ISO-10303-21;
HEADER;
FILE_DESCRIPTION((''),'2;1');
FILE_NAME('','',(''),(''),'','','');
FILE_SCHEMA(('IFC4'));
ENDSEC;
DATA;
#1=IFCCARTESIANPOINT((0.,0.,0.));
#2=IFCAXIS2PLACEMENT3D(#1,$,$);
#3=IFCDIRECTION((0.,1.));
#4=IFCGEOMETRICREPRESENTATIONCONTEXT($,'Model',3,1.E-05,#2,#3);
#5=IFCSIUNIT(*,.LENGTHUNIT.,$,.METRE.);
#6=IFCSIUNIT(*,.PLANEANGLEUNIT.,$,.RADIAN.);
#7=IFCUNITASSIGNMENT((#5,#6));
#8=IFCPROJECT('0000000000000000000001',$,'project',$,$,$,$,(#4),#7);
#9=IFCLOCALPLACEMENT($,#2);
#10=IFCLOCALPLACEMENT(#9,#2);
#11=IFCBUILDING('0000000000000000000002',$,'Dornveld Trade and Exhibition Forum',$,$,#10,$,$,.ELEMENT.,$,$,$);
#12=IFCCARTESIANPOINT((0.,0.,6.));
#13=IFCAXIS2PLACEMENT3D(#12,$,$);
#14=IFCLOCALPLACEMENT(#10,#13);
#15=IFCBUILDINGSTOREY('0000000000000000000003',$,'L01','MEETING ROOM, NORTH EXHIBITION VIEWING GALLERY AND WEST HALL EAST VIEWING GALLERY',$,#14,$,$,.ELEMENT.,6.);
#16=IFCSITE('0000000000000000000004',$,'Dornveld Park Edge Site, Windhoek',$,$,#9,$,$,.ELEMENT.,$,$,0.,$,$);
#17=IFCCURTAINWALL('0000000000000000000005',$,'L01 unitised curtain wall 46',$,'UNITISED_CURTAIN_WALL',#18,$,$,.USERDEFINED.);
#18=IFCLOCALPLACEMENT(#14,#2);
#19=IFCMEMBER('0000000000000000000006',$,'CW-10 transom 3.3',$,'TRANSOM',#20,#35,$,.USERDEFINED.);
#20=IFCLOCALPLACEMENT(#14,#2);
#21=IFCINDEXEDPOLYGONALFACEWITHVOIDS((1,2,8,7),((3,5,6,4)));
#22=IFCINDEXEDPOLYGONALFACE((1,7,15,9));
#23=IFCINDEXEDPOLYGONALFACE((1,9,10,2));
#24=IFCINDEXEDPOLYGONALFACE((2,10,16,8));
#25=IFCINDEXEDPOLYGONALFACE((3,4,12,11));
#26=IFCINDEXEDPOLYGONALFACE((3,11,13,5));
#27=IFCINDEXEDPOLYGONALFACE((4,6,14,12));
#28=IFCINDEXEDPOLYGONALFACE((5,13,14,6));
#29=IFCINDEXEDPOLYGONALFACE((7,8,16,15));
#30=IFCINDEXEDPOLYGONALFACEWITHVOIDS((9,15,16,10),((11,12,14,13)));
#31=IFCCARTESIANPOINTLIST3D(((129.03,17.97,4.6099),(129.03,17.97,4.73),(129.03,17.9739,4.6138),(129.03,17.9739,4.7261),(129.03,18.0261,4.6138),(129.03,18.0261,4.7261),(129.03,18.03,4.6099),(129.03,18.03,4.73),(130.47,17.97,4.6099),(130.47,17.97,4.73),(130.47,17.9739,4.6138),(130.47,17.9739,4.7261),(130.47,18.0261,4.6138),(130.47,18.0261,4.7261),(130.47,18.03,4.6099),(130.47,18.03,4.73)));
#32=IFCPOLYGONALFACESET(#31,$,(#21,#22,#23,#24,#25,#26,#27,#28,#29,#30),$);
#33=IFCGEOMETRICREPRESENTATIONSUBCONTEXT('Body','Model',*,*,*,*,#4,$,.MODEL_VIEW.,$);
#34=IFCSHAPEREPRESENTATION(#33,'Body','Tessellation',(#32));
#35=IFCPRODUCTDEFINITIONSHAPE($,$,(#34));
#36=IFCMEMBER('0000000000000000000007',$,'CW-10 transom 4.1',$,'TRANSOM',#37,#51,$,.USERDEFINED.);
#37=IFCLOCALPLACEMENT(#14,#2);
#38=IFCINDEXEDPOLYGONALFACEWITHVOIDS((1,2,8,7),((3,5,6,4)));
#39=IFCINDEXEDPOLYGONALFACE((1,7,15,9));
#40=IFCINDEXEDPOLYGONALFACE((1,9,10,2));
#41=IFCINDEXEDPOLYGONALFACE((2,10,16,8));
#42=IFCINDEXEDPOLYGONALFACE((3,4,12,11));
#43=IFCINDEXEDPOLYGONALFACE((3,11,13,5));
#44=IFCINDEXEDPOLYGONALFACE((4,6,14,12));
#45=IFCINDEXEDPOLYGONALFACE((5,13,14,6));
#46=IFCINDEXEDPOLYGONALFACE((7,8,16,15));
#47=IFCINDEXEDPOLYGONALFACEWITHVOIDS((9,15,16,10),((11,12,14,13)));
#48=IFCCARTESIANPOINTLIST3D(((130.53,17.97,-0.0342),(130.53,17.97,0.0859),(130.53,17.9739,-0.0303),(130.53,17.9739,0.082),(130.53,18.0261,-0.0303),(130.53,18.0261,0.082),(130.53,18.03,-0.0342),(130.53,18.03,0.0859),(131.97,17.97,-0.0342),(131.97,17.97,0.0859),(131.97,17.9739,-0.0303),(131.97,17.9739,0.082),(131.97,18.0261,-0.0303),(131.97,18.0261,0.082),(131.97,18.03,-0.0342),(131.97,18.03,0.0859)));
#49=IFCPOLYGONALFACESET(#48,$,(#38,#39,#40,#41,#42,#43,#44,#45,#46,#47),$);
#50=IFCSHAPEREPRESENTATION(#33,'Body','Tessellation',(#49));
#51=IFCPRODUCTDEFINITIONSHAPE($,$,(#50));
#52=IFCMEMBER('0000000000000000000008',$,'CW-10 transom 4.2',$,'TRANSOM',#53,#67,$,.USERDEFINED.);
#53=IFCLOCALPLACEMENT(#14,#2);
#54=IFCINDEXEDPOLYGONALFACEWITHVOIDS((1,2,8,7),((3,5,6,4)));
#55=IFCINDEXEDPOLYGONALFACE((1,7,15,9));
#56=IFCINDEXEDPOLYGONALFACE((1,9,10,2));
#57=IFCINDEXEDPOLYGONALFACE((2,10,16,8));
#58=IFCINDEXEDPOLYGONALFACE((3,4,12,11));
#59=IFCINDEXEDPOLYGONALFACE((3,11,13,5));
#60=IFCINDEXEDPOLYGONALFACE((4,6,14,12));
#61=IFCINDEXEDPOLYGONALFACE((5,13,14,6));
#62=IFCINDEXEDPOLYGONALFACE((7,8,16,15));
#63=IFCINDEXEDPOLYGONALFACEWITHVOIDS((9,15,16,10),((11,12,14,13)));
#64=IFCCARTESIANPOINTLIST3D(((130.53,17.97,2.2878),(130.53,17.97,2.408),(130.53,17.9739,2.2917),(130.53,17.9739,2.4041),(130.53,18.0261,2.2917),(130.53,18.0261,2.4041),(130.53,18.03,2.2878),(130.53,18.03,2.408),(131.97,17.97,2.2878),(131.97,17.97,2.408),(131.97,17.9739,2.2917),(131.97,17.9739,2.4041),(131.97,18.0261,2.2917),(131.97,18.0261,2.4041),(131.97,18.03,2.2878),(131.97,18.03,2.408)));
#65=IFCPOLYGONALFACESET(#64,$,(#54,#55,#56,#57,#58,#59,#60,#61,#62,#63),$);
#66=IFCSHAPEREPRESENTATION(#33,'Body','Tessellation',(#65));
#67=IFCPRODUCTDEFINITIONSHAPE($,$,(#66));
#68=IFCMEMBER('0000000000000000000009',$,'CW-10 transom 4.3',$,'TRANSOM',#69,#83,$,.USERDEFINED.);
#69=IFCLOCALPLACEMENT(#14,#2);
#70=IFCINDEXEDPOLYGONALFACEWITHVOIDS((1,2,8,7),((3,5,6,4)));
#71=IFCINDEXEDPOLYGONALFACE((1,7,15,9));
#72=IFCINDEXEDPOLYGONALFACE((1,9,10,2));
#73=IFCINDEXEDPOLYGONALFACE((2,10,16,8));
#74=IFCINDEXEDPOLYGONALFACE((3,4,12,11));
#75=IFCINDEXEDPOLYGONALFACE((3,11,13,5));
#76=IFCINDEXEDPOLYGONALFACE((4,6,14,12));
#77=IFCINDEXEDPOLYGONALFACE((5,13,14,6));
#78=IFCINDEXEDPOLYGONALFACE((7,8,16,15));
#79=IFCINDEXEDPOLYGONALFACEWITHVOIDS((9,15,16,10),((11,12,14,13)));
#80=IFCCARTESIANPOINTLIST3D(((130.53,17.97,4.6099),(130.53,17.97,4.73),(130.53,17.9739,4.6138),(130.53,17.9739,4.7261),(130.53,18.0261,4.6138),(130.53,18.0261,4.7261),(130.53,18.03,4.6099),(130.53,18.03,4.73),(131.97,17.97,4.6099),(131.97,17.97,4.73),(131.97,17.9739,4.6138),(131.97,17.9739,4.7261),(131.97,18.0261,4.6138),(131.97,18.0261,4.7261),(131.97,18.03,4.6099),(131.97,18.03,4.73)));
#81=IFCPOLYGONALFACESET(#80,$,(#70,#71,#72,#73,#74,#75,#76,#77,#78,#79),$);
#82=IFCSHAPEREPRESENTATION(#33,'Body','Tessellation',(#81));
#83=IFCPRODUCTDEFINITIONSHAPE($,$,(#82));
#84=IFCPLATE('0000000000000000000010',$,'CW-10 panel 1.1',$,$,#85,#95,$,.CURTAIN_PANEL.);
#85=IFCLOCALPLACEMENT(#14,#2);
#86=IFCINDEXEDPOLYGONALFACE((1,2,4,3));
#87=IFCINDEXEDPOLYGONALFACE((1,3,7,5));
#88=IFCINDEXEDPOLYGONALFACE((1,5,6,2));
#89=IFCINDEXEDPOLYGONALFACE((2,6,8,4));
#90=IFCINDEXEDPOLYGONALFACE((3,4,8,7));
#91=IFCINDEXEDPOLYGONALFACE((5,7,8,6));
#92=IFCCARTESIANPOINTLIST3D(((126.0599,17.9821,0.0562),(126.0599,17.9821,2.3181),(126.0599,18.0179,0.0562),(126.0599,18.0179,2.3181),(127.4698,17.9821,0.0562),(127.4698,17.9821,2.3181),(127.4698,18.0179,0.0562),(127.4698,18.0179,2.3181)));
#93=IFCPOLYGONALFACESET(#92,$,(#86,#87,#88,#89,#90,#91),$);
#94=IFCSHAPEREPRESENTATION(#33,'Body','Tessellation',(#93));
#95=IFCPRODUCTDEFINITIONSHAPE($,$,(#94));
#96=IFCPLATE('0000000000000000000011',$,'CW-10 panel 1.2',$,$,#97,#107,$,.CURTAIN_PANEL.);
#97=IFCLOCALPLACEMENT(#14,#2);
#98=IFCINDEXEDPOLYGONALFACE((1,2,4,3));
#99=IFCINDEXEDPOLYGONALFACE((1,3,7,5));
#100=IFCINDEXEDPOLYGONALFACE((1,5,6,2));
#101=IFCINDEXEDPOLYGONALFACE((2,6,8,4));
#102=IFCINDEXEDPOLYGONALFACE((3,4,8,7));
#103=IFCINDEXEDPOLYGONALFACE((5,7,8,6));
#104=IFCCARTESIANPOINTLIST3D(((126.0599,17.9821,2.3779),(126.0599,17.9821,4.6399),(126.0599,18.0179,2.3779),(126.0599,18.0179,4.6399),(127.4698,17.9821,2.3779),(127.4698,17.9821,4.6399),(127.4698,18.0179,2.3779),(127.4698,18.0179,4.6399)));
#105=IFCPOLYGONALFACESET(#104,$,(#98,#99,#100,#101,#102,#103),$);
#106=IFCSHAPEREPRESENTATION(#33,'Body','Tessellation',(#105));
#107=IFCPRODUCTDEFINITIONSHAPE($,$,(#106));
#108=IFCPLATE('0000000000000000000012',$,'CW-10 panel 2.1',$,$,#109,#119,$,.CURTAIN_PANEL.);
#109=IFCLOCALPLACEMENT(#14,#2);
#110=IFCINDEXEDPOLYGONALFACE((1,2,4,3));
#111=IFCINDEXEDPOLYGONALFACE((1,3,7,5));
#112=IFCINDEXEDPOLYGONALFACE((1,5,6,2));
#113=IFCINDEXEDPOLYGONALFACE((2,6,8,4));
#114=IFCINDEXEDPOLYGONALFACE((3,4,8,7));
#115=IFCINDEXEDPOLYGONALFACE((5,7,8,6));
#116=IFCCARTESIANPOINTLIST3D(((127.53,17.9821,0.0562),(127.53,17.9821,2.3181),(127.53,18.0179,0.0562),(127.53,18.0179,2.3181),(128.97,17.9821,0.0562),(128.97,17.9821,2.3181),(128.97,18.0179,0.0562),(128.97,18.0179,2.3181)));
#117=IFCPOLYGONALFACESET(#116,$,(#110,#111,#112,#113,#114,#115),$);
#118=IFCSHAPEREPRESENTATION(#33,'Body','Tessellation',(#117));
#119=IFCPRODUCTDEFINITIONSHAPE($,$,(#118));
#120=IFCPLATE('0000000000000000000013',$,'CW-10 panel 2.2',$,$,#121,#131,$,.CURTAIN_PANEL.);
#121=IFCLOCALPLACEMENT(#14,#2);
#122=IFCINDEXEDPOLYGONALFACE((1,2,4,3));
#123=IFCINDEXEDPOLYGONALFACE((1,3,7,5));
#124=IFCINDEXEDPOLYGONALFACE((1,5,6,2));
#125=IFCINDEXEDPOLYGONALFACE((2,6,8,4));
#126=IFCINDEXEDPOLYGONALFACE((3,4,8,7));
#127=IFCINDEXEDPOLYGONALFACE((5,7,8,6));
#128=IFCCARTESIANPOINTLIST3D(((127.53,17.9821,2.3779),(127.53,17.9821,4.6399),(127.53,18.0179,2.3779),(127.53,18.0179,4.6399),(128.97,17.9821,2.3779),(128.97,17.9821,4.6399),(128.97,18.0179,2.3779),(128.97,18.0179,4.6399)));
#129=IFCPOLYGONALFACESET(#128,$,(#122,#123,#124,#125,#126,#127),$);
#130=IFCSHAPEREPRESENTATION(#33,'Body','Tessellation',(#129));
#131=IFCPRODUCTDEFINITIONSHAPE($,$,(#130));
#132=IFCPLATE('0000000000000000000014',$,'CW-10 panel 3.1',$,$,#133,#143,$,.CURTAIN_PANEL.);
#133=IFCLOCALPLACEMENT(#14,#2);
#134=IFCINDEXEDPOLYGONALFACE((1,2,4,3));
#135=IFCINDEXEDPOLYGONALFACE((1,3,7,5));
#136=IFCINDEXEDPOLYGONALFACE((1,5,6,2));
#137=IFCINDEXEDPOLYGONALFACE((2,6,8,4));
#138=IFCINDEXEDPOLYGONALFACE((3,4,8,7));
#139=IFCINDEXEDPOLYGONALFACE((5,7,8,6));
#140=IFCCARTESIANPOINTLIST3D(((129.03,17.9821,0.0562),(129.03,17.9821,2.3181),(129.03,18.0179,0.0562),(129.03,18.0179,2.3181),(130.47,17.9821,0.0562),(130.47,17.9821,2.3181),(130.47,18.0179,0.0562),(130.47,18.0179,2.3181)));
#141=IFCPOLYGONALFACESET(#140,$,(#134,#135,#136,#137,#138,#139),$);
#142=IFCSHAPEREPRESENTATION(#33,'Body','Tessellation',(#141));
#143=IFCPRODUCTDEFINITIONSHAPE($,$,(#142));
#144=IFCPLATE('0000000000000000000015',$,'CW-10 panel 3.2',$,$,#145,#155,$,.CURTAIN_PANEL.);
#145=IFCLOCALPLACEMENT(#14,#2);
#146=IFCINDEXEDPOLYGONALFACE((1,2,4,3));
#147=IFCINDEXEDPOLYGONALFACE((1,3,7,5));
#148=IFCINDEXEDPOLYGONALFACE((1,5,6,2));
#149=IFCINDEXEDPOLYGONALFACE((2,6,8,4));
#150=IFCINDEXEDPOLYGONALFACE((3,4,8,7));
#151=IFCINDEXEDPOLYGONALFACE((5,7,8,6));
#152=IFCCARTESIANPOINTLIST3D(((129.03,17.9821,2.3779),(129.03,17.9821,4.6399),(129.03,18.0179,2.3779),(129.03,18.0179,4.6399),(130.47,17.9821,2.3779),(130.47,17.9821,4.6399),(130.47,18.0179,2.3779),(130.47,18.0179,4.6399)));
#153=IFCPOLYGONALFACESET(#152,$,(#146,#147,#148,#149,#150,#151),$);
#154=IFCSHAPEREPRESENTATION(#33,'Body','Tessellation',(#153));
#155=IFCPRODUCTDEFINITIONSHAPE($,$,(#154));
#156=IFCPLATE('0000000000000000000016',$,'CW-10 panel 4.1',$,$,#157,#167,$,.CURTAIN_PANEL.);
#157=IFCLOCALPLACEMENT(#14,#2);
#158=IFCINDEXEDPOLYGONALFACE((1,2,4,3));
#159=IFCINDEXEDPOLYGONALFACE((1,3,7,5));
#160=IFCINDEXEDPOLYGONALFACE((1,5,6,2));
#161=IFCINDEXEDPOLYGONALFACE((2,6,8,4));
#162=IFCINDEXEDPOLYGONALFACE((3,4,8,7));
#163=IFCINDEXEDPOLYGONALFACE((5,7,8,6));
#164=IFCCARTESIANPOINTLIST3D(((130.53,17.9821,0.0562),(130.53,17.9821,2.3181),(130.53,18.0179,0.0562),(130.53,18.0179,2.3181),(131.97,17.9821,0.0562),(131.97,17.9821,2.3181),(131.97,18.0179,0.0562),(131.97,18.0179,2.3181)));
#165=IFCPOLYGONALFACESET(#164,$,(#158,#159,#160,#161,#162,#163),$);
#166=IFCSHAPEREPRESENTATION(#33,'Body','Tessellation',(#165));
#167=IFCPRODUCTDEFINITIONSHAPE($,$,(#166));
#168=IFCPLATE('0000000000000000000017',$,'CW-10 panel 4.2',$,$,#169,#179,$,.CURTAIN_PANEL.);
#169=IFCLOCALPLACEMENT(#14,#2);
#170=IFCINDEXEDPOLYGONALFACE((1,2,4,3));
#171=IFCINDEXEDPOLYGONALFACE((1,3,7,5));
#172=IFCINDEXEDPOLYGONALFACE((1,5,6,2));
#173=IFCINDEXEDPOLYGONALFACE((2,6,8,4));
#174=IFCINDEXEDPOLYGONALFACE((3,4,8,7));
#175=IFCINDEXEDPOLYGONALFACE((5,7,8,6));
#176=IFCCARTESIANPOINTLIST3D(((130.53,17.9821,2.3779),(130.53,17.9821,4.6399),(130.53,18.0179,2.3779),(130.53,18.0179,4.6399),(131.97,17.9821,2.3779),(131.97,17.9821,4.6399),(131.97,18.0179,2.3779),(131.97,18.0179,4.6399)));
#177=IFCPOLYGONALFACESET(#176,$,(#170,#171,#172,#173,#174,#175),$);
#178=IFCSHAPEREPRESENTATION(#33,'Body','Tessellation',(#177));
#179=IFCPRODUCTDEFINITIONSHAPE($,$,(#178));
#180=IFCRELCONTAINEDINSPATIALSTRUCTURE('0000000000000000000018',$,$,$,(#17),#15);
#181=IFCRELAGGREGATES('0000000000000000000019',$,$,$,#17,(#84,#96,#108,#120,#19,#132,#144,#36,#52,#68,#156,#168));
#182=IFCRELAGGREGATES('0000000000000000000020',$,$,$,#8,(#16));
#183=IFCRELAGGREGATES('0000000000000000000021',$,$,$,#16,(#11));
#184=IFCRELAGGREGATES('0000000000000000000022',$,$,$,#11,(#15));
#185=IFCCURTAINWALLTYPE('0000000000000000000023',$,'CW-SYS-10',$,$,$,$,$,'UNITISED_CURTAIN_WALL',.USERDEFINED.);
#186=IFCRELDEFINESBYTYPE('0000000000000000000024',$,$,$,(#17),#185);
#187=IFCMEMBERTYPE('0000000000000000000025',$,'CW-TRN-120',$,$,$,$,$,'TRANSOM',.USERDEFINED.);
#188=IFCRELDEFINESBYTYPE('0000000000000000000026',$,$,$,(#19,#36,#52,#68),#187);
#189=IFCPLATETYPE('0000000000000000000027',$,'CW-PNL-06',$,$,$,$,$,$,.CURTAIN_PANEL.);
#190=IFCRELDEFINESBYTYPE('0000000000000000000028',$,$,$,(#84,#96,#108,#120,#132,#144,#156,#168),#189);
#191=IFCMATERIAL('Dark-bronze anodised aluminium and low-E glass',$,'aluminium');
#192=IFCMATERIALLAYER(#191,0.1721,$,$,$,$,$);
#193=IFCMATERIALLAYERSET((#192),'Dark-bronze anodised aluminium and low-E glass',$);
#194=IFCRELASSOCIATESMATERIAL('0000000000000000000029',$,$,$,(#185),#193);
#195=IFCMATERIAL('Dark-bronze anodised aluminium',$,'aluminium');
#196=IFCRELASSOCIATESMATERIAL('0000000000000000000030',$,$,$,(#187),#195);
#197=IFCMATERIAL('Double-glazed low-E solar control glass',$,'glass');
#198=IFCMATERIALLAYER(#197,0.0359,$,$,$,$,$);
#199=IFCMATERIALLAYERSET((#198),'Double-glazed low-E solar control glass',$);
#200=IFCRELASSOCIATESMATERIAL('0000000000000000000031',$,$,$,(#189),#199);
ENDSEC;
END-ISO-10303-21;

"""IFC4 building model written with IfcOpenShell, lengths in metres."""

from ifc_helpers import new_model, si_unit, direction, frame, origin, origin_2d, place, context, subcontext, project, spatial, rectangle, hollow_rectangle, extrude, material, layer, layer_set, material_profile, profile_set, type_object, element, aggregate, save


model = new_model("IFC4")

# Units and contexts
model_context = context("Model", 3, precision=1e-05, world=origin(), true_north=direction((0.0, 1.0)))
body_context = subcontext(model_context, "Body", "Model", "MODEL_VIEW")
ifc_project = project(units=[si_unit("LENGTHUNIT", "METRE"), si_unit("PLANEANGLEUNIT", "RADIAN")], contexts=[model_context])

# Site, building, storey
site_placement = place(None, origin())
site = spatial("IfcSite", under=ifc_project, at=site_placement, Name="Dornveld Park Edge Site, Windhoek", CompositionType="ELEMENT", RefElevation=0.0)
building_placement = place(site_placement, origin())
building = spatial("IfcBuilding", under=site, at=building_placement, Name="Dornveld Trade and Exhibition Forum", CompositionType="ELEMENT")
storey_placement = place(building_placement, frame((0.0, 0.0, 6.0)))
storey = spatial("IfcBuildingStorey", under=building, at=storey_placement, Name="L01", Description="MEETING ROOM, NORTH EXHIBITION VIEWING GALLERY AND WEST HALL EAST VIEWING GALLERY", CompositionType="ELEMENT", Elevation=6.0)

# Curtain wall, members, plates
ifc_material_1 = material(Name="Dark-bronze anodised aluminium and low-E glass", Category="aluminium")
ifc_layer_1 = layer(ifc_material_1, 0.1721)
ifc_layer_set_1 = layer_set([ifc_layer_1], Name="Dark-bronze anodised aluminium and low-E glass")
curtain_wall_type = type_object("IfcCurtainWallType", Name="CW-SYS-10", ElementType="UNITISED_CURTAIN_WALL", PredefinedType="USERDEFINED", material=ifc_layer_set_1)
curtain_wall_placement = place(storey_placement, origin())
curtain_wall = element("IfcCurtainWall", 1, at=curtain_wall_placement, inside=storey, type_object=curtain_wall_type, Name="L01 unitised curtain wall 46", ObjectType="UNITISED_CURTAIN_WALL", PredefinedType="USERDEFINED")
ifc_material_2 = material(Name="Dark-bronze anodised aluminium", Category="aluminium")
ifc_material_profile_1 = material_profile(ifc_material_2, hollow_rectangle(XDim=0.0601, YDim=0.1201, WallThickness=0.0039, at=origin_2d()), Name="RHS 120x60x4")
ifc_profile_set_1 = profile_set([ifc_material_profile_1], Name="Dark-bronze anodised aluminium")
member_type_1 = type_object("IfcMemberType", Name="CW-TRN-120", ElementType="TRANSOM", PredefinedType="USERDEFINED", material=ifc_profile_set_1)
member_1_placement = place(storey_placement, frame((129.03, 18.0, 4.6699), z_axis=(1.0, 0.0, 0.0), x_axis=(0.0, 1.0, 0.0)))
member_1 = element("IfcMember", 2, at=member_1_placement, type_object=member_type_1, Name="CW-10 transom 3.3", ObjectType="TRANSOM", PredefinedType="USERDEFINED", context=body_context, shape_type="SweptSolid", body=[
    extrude(hollow_rectangle(XDim=0.0601, YDim=0.1201, WallThickness=0.0039, at=origin_2d()), origin(), (0.0, 0.0, 1.0), 1.4399),
])
member_2_placement = place(storey_placement, frame((130.53, 18.0, 0.0259), z_axis=(1.0, 0.0, 0.0), x_axis=(0.0, 1.0, 0.0)))
member_2 = element("IfcMember", 3, at=member_2_placement, type_object=member_type_1, Name="CW-10 transom 4.1", ObjectType="TRANSOM", PredefinedType="USERDEFINED", context=body_context, shape_type="SweptSolid", body=[
    extrude(hollow_rectangle(XDim=0.0601, YDim=0.1201, WallThickness=0.0039, at=origin_2d()), origin(), (0.0, 0.0, 1.0), 1.4399),
])
member_3_placement = place(storey_placement, frame((130.53, 18.0, 2.3479), z_axis=(1.0, 0.0, 0.0), x_axis=(0.0, 1.0, 0.0)))
member_3 = element("IfcMember", 4, at=member_3_placement, type_object=member_type_1, Name="CW-10 transom 4.2", ObjectType="TRANSOM", PredefinedType="USERDEFINED", context=body_context, shape_type="SweptSolid", body=[
    extrude(hollow_rectangle(XDim=0.0601, YDim=0.1201, WallThickness=0.0039, at=origin_2d()), origin(), (0.0, 0.0, 1.0), 1.4399),
])
member_4_placement = place(storey_placement, frame((130.53, 18.0, 4.6699), z_axis=(1.0, 0.0, 0.0), x_axis=(0.0, 1.0, 0.0)))
member_4 = element("IfcMember", 5, at=member_4_placement, type_object=member_type_1, Name="CW-10 transom 4.3", ObjectType="TRANSOM", PredefinedType="USERDEFINED", context=body_context, shape_type="SweptSolid", body=[
    extrude(hollow_rectangle(XDim=0.0601, YDim=0.1201, WallThickness=0.0039, at=origin_2d()), origin(), (0.0, 0.0, 1.0), 1.4399),
])
ifc_material_3 = material(Name="Double-glazed low-E solar control glass", Category="glass")
ifc_layer_2 = layer(ifc_material_3, 0.0359)
ifc_layer_set_2 = layer_set([ifc_layer_2], Name="Double-glazed low-E solar control glass")
plate_type = type_object("IfcPlateType", Name="CW-PNL-06", PredefinedType="CURTAIN_PANEL", material=ifc_layer_set_2)
plate_1_placement = place(storey_placement, frame((126.7649, 18.0, 0.0562), z_axis=(0.0, 0.0, 1.0), x_axis=(1.0, 0.0, 0.0)))
plate_1 = element("IfcPlate", 6, at=plate_1_placement, type_object=plate_type, Name="CW-10 panel 1.1", PredefinedType="CURTAIN_PANEL", context=body_context, shape_type="SweptSolid", body=[
    extrude(rectangle(XDim=1.4099, YDim=0.0359, at=origin_2d()), origin(), (0.0, 0.0, 1.0), 2.262),
])
plate_2_placement = place(storey_placement, frame((126.7649, 18.0, 2.3779), z_axis=(0.0, 0.0, 1.0), x_axis=(1.0, 0.0, 0.0)))
plate_2 = element("IfcPlate", 7, at=plate_2_placement, type_object=plate_type, Name="CW-10 panel 1.2", PredefinedType="CURTAIN_PANEL", context=body_context, shape_type="SweptSolid", body=[
    extrude(rectangle(XDim=1.4099, YDim=0.0359, at=origin_2d()), origin(), (0.0, 0.0, 1.0), 2.262),
])
plate_3_placement = place(storey_placement, frame((128.25, 18.0, 0.0562), z_axis=(0.0, 0.0, 1.0), x_axis=(1.0, 0.0, 0.0)))
plate_3 = element("IfcPlate", 8, at=plate_3_placement, type_object=plate_type, Name="CW-10 panel 2.1", PredefinedType="CURTAIN_PANEL", context=body_context, shape_type="SweptSolid", body=[
    extrude(rectangle(XDim=1.4399, YDim=0.0359, at=origin_2d()), origin(), (0.0, 0.0, 1.0), 2.262),
])
plate_4_placement = place(storey_placement, frame((128.25, 18.0, 2.3779), z_axis=(0.0, 0.0, 1.0), x_axis=(1.0, 0.0, 0.0)))
plate_4 = element("IfcPlate", 9, at=plate_4_placement, type_object=plate_type, Name="CW-10 panel 2.2", PredefinedType="CURTAIN_PANEL", context=body_context, shape_type="SweptSolid", body=[
    extrude(rectangle(XDim=1.4399, YDim=0.0359, at=origin_2d()), origin(), (0.0, 0.0, 1.0), 2.262),
])
plate_5_placement = place(storey_placement, frame((129.75, 18.0, 0.0562), z_axis=(0.0, 0.0, 1.0), x_axis=(1.0, 0.0, 0.0)))
plate_5 = element("IfcPlate", 10, at=plate_5_placement, type_object=plate_type, Name="CW-10 panel 3.1", PredefinedType="CURTAIN_PANEL", context=body_context, shape_type="SweptSolid", body=[
    extrude(rectangle(XDim=1.4399, YDim=0.0359, at=origin_2d()), origin(), (0.0, 0.0, 1.0), 2.262),
])
plate_6_placement = place(storey_placement, frame((129.75, 18.0, 2.3779), z_axis=(0.0, 0.0, 1.0), x_axis=(1.0, 0.0, 0.0)))
plate_6 = element("IfcPlate", 11, at=plate_6_placement, type_object=plate_type, Name="CW-10 panel 3.2", PredefinedType="CURTAIN_PANEL", context=body_context, shape_type="SweptSolid", body=[
    extrude(rectangle(XDim=1.4399, YDim=0.0359, at=origin_2d()), origin(), (0.0, 0.0, 1.0), 2.262),
])
plate_7_placement = place(storey_placement, frame((131.25, 18.0, 0.0562), z_axis=(0.0, 0.0, 1.0), x_axis=(1.0, 0.0, 0.0)))
plate_7 = element("IfcPlate", 12, at=plate_7_placement, type_object=plate_type, Name="CW-10 panel 4.1", PredefinedType="CURTAIN_PANEL", context=body_context, shape_type="SweptSolid", body=[
    extrude(rectangle(XDim=1.4399, YDim=0.0359, at=origin_2d()), origin(), (0.0, 0.0, 1.0), 2.262),
])
plate_8_placement = place(storey_placement, frame((131.25, 18.0, 2.3779), z_axis=(0.0, 0.0, 1.0), x_axis=(1.0, 0.0, 0.0)))
plate_8 = element("IfcPlate", 13, at=plate_8_placement, type_object=plate_type, Name="CW-10 panel 4.2", PredefinedType="CURTAIN_PANEL", context=body_context, shape_type="SweptSolid", body=[
    extrude(rectangle(XDim=1.4399, YDim=0.0359, at=origin_2d()), origin(), (0.0, 0.0, 1.0), 2.262),
])
aggregate(curtain_wall, [plate_1, plate_2, plate_3, plate_4, member_1, plate_5, plate_6, member_2, member_3, member_4, plate_7, plate_8])

save(model, "model.ifc")
